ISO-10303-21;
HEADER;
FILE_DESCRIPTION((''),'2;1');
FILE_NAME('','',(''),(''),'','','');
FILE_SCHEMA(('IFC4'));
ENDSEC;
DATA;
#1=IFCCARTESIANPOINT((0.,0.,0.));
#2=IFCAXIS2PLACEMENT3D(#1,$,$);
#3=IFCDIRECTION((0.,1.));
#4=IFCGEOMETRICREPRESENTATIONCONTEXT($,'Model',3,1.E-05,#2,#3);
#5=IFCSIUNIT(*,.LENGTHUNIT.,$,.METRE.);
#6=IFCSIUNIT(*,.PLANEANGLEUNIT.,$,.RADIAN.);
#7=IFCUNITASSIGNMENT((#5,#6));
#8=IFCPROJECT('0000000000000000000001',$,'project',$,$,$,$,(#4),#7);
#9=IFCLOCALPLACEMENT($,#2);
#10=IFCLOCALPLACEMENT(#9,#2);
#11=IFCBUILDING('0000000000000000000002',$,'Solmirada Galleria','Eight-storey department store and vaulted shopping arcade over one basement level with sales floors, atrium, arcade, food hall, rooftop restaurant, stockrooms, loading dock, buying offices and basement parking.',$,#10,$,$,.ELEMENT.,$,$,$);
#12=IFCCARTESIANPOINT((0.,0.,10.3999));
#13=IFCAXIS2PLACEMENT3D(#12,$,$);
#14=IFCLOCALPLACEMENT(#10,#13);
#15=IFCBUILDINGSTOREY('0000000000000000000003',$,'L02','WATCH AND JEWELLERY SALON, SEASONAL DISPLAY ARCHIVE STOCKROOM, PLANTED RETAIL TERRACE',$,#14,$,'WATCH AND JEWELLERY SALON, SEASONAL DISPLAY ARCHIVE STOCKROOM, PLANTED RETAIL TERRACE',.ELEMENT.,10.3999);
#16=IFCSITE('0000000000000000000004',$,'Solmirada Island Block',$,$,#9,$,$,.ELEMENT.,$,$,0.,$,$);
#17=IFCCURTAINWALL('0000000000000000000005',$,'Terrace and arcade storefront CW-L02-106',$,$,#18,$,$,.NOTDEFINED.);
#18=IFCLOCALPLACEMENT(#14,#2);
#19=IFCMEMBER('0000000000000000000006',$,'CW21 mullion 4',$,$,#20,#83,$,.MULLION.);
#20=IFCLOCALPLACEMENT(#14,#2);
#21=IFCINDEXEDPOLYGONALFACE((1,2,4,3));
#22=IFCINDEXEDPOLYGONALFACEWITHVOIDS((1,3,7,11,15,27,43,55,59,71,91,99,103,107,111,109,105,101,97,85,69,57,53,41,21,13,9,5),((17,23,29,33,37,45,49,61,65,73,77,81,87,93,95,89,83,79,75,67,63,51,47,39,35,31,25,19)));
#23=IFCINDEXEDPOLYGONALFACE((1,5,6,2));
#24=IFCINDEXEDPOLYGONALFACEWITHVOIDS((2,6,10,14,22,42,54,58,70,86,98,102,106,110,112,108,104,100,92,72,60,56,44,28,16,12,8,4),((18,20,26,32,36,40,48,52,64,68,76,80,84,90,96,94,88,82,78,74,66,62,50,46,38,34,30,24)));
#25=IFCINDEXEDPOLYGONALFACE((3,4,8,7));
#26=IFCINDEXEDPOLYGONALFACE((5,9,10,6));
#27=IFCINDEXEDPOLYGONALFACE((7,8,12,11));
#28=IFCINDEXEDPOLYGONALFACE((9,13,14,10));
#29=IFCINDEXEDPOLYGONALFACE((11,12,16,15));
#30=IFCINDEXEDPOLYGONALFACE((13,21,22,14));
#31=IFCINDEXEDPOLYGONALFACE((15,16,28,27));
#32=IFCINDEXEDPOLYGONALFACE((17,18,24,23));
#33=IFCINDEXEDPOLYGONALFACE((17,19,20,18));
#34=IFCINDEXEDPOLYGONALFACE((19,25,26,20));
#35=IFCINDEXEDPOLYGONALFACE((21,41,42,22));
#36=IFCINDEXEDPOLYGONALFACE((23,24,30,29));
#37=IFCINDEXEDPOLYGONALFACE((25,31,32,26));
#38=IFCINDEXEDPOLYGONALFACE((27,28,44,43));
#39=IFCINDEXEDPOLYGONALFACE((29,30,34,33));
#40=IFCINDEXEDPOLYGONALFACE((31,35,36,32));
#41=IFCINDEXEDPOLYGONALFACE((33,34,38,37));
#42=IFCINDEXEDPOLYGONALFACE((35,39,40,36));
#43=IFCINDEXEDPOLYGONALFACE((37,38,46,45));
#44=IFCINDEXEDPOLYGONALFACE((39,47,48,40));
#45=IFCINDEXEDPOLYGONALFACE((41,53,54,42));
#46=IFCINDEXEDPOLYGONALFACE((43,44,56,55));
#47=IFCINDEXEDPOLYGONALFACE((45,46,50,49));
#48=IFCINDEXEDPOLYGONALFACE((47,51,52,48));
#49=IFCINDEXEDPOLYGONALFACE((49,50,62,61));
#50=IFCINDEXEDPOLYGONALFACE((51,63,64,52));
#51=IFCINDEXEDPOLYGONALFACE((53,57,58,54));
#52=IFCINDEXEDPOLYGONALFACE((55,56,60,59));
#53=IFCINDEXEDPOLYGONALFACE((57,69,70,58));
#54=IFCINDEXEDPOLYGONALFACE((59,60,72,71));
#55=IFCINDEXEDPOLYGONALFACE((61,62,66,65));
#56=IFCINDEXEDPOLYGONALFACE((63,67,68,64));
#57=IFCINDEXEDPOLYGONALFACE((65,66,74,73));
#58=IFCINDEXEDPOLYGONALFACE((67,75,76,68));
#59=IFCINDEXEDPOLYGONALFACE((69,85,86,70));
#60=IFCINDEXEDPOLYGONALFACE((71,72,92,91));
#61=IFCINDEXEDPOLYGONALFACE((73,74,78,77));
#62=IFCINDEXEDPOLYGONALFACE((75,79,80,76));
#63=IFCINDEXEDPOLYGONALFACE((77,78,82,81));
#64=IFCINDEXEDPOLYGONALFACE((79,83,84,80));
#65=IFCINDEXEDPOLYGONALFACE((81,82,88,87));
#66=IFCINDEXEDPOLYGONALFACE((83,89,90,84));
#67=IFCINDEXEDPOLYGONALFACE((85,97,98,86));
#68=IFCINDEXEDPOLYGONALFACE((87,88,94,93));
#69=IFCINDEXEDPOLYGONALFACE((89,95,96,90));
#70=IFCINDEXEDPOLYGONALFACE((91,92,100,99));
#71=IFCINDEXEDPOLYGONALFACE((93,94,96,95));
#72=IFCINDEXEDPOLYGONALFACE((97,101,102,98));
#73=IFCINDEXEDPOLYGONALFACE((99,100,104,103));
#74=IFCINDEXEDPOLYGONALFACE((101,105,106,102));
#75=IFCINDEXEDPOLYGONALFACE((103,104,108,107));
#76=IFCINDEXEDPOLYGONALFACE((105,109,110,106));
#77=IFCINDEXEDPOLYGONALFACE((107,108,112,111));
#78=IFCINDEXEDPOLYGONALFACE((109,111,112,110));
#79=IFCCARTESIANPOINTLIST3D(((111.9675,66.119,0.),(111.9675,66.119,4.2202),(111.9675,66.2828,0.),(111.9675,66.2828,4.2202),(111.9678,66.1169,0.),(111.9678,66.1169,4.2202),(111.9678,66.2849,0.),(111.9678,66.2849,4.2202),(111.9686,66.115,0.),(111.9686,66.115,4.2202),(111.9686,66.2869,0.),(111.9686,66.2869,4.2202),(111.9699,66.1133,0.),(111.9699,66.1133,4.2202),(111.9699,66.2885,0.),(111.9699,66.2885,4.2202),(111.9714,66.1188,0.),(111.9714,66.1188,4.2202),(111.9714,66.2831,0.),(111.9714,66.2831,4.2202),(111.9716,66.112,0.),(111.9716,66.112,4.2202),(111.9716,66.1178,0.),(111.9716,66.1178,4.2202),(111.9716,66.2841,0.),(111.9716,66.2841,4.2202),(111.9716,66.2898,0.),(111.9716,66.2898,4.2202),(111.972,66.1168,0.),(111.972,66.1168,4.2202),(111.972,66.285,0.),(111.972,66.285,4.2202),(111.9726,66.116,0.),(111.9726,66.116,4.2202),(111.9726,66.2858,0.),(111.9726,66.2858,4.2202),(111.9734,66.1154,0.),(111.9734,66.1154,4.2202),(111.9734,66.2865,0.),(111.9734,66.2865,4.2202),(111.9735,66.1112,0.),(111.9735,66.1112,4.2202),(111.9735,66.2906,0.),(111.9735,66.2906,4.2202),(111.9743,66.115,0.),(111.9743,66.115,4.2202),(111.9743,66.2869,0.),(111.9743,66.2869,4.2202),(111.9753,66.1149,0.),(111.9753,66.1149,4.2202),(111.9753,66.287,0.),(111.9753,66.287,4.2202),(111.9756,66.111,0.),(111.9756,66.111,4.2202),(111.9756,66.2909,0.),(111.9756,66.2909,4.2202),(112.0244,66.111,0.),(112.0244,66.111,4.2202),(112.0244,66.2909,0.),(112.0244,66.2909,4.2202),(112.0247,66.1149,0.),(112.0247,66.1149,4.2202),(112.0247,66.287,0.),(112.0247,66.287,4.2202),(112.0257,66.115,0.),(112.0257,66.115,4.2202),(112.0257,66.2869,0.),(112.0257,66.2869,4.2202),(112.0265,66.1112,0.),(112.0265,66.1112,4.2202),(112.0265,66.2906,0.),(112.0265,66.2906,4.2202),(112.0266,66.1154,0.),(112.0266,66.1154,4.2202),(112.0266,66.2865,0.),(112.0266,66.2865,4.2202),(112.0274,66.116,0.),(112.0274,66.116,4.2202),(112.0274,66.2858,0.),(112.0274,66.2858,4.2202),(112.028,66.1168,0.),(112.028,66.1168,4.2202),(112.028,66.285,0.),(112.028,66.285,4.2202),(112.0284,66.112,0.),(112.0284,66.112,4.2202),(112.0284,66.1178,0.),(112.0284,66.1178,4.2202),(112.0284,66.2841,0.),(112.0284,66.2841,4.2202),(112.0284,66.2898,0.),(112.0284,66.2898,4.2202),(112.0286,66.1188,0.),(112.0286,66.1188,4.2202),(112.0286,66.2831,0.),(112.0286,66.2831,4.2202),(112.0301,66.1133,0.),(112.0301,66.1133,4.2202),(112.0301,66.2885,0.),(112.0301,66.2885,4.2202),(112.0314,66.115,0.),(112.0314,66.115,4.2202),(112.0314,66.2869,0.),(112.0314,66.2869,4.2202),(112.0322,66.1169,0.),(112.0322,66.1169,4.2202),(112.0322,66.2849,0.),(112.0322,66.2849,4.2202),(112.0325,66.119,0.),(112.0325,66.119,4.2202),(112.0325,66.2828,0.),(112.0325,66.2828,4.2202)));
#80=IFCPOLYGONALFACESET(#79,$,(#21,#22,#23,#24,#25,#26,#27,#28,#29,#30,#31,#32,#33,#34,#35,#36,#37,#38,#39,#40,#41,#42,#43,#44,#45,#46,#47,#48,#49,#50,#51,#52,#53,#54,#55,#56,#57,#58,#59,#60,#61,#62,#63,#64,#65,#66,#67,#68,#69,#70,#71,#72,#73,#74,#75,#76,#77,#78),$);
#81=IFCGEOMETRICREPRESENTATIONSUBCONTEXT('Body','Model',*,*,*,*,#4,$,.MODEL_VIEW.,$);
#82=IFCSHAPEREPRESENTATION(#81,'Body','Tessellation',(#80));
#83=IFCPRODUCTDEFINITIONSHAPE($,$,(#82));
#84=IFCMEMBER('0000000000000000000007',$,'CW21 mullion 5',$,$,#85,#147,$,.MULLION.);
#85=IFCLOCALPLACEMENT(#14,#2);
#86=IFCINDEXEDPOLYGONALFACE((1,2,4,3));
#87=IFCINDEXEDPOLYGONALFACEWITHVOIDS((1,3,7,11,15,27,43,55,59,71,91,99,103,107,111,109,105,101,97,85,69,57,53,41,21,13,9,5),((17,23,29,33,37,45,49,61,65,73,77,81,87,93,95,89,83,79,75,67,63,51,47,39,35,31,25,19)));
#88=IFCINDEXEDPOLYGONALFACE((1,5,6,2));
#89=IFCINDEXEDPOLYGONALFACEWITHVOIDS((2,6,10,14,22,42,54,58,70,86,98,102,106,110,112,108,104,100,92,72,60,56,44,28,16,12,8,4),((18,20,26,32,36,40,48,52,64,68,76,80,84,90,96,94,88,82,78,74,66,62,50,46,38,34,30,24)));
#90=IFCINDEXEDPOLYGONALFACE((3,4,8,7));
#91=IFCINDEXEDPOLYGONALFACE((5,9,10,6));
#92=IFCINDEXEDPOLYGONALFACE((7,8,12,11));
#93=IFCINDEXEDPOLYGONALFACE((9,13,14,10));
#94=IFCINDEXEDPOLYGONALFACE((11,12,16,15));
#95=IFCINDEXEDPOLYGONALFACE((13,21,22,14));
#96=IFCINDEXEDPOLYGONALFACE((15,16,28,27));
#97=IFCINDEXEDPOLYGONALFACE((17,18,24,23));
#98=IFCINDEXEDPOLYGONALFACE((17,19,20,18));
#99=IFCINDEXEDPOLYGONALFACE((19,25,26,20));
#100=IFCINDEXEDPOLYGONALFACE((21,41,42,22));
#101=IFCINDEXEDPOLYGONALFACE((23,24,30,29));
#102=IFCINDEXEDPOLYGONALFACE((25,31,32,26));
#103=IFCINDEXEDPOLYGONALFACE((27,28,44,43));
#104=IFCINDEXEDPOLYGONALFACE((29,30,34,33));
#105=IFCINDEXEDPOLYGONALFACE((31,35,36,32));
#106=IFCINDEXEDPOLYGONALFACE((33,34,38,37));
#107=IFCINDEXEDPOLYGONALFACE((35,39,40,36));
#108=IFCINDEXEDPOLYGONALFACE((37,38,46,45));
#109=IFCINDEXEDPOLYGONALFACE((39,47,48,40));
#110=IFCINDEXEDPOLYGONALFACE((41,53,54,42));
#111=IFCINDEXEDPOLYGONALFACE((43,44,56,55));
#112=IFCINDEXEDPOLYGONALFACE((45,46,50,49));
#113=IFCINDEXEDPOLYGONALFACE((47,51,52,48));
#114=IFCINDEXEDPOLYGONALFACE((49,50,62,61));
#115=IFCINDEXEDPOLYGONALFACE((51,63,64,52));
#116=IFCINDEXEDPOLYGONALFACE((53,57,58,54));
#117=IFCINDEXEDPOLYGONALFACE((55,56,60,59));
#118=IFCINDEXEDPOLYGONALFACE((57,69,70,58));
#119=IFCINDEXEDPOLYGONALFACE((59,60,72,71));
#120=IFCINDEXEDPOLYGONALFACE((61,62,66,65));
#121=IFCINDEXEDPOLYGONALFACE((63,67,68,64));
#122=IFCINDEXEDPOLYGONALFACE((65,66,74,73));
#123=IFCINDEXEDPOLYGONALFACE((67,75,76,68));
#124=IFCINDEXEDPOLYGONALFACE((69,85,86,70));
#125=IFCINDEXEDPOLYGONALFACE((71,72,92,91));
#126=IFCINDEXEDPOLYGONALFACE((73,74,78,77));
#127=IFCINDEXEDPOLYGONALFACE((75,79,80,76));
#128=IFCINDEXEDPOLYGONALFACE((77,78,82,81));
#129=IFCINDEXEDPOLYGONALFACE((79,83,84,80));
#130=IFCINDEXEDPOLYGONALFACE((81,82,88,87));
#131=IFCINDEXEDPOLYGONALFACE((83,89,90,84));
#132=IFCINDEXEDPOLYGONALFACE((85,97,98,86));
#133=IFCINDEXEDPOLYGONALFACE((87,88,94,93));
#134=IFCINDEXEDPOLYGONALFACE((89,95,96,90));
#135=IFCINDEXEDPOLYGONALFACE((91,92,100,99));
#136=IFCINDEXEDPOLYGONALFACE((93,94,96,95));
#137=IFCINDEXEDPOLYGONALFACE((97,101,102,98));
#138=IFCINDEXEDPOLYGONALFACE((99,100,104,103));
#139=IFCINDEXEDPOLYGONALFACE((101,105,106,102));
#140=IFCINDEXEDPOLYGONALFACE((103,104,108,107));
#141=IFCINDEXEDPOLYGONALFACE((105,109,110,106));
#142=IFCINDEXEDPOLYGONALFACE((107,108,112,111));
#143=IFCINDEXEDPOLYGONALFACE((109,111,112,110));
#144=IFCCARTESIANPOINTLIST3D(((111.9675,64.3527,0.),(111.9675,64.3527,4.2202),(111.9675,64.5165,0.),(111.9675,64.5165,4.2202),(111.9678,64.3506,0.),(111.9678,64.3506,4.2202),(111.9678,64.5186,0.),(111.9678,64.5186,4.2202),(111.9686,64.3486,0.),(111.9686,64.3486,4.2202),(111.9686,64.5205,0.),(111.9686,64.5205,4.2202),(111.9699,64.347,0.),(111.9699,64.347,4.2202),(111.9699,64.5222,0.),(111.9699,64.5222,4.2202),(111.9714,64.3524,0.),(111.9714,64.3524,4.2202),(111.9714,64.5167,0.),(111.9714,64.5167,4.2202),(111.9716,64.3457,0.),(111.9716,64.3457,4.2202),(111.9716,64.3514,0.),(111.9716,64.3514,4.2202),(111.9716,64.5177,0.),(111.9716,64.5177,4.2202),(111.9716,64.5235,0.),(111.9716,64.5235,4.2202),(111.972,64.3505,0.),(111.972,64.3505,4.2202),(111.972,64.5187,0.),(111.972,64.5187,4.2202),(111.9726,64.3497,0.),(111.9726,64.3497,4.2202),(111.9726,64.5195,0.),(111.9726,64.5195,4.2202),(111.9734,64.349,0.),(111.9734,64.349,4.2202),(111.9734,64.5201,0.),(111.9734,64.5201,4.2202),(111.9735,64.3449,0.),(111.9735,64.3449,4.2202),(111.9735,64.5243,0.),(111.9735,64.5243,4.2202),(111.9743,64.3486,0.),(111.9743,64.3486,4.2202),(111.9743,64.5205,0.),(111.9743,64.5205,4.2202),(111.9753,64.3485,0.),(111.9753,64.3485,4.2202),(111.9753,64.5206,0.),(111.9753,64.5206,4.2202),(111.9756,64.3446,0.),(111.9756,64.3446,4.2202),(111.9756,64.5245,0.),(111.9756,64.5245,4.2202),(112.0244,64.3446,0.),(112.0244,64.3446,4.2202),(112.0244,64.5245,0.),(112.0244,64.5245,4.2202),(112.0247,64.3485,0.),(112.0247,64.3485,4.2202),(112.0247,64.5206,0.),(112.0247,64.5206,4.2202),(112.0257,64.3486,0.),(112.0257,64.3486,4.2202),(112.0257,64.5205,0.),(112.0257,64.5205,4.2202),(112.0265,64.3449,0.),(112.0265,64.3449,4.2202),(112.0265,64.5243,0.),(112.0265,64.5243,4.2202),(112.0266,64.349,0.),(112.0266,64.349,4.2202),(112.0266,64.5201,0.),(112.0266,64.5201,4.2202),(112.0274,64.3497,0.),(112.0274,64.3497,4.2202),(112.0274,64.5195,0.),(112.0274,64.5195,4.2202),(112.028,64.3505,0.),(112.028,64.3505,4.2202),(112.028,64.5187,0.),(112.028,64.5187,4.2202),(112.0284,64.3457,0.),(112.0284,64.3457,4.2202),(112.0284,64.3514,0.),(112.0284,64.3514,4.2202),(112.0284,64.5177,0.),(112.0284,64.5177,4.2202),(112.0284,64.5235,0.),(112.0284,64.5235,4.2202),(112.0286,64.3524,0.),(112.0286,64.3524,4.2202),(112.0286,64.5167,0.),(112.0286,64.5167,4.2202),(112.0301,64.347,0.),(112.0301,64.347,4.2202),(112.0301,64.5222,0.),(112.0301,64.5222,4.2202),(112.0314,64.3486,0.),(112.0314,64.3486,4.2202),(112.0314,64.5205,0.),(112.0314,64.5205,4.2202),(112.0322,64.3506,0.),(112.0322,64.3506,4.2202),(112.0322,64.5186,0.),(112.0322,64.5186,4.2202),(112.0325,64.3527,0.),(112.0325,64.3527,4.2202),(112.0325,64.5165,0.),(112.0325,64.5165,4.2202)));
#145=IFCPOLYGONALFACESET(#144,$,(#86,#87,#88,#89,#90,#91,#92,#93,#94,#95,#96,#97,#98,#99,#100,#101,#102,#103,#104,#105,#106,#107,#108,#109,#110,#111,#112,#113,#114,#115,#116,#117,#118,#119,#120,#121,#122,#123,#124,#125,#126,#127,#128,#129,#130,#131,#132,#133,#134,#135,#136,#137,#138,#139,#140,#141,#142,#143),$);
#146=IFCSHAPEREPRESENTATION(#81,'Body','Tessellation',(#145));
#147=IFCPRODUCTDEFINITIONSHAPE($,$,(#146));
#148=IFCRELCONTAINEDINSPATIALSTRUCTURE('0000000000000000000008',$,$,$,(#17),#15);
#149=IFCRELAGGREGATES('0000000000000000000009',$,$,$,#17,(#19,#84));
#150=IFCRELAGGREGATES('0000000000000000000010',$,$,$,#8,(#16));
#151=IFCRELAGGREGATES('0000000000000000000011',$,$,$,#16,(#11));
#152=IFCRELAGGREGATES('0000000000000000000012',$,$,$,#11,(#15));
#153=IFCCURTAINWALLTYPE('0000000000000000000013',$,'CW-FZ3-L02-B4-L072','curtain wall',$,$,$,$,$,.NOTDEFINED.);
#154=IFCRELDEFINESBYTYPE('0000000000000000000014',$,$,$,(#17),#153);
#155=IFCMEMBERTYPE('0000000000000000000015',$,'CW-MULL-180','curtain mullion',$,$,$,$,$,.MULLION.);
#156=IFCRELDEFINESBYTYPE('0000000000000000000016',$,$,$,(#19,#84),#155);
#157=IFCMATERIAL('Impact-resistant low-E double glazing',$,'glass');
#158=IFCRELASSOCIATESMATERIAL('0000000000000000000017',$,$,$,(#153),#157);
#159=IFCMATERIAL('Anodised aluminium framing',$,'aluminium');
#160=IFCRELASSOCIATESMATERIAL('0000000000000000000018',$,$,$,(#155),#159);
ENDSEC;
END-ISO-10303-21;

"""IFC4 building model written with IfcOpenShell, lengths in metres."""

from ifc_helpers import new_model, si_unit, direction, frame, origin, origin_2d, place, context, subcontext, project, spatial, hollow_rectangle, extrude, material, material_profile, profile_set, type_object, element, aggregate, save


model = new_model("IFC4")

# Units and contexts
model_context = context("Model", 3, precision=1e-05, world=origin(), true_north=direction((0.0, 1.0)))
body_context = subcontext(model_context, "Body", "Model", "MODEL_VIEW")
ifc_project = project(units=[si_unit("LENGTHUNIT", "METRE"), si_unit("PLANEANGLEUNIT", "RADIAN")], contexts=[model_context])

# Site, building, storey
site_placement = place(None, origin())
site = spatial("IfcSite", under=ifc_project, at=site_placement, Name="Solmirada Island Block", CompositionType="ELEMENT", RefElevation=0.0)
building_placement = place(site_placement, origin())
building = spatial("IfcBuilding", under=site, at=building_placement, Name="Solmirada Galleria", Description="Eight-storey department store and vaulted shopping arcade over one basement level with sales floors, atrium, arcade, food hall, rooftop restaurant, stockrooms, loading dock, buying offices and basement parking.", CompositionType="ELEMENT")
storey_placement = place(building_placement, frame((0.0, 0.0, 10.3999)))
storey = spatial("IfcBuildingStorey", under=building, at=storey_placement, Name="L02", Description="WATCH AND JEWELLERY SALON, SEASONAL DISPLAY ARCHIVE STOCKROOM, PLANTED RETAIL TERRACE", LongName="WATCH AND JEWELLERY SALON, SEASONAL DISPLAY ARCHIVE STOCKROOM, PLANTED RETAIL TERRACE", CompositionType="ELEMENT", Elevation=10.3999)

# Curtain wall, members
ifc_material_1 = material(Name="Impact-resistant low-E double glazing", Category="glass")
curtain_wall_type = type_object("IfcCurtainWallType", Name="CW-FZ3-L02-B4-L072", Description="curtain wall", PredefinedType="NOTDEFINED", material=ifc_material_1)
curtain_wall_1_placement = place(storey_placement, origin())
curtain_wall_1 = element("IfcCurtainWall", 1, at=curtain_wall_1_placement, inside=storey, type_object=curtain_wall_type, Name="Terrace and arcade storefront CW-L02-106", PredefinedType="NOTDEFINED")
ifc_material_2 = material(Name="Anodised aluminium framing", Category="aluminium")
ifc_material_profile_1 = material_profile(ifc_material_2, hollow_rectangle(XDim=0.0649, YDim=0.1799, WallThickness=0.0039, InnerFilletRadius=0.0039, OuterFilletRadius=0.0081, at=origin_2d()), Name="ALU-MULL-180X65")
ifc_profile_set_1 = profile_set([ifc_material_profile_1], Name="Anodised aluminium framing")
member_type_1 = type_object("IfcMemberType", Name="CW-MULL-180", Description="curtain mullion", PredefinedType="MULLION", material=ifc_profile_set_1)
member_1_placement = place(storey_placement, frame((112.0, 66.2009, 0.0), z_axis=(0.0, 0.0, 1.0), x_axis=(1.0, 0.0, 0.0)))
member_1 = element("IfcMember", 2, at=member_1_placement, type_object=member_type_1, Name="CW21 mullion 4", PredefinedType="MULLION", context=body_context, shape_type="SweptSolid", body=[
    extrude(hollow_rectangle(XDim=0.0649, YDim=0.1799, WallThickness=0.0039, InnerFilletRadius=0.0039, OuterFilletRadius=0.0081, at=origin_2d()), origin(), (0.0, 0.0, 1.0), 4.2202),
])
member_2_placement = place(storey_placement, frame((112.0, 64.4346, 0.0), z_axis=(0.0, 0.0, 1.0), x_axis=(1.0, 0.0, 0.0)))
member_2 = element("IfcMember", 3, at=member_2_placement, type_object=member_type_1, Name="CW21 mullion 5", PredefinedType="MULLION", context=body_context, shape_type="SweptSolid", body=[
    extrude(hollow_rectangle(XDim=0.0649, YDim=0.1799, WallThickness=0.0039, InnerFilletRadius=0.0039, OuterFilletRadius=0.0081, at=origin_2d()), origin(), (0.0, 0.0, 1.0), 4.2202),
])

aggregate(curtain_wall_1, [member_1, member_2])

save(model, "model.ifc")
